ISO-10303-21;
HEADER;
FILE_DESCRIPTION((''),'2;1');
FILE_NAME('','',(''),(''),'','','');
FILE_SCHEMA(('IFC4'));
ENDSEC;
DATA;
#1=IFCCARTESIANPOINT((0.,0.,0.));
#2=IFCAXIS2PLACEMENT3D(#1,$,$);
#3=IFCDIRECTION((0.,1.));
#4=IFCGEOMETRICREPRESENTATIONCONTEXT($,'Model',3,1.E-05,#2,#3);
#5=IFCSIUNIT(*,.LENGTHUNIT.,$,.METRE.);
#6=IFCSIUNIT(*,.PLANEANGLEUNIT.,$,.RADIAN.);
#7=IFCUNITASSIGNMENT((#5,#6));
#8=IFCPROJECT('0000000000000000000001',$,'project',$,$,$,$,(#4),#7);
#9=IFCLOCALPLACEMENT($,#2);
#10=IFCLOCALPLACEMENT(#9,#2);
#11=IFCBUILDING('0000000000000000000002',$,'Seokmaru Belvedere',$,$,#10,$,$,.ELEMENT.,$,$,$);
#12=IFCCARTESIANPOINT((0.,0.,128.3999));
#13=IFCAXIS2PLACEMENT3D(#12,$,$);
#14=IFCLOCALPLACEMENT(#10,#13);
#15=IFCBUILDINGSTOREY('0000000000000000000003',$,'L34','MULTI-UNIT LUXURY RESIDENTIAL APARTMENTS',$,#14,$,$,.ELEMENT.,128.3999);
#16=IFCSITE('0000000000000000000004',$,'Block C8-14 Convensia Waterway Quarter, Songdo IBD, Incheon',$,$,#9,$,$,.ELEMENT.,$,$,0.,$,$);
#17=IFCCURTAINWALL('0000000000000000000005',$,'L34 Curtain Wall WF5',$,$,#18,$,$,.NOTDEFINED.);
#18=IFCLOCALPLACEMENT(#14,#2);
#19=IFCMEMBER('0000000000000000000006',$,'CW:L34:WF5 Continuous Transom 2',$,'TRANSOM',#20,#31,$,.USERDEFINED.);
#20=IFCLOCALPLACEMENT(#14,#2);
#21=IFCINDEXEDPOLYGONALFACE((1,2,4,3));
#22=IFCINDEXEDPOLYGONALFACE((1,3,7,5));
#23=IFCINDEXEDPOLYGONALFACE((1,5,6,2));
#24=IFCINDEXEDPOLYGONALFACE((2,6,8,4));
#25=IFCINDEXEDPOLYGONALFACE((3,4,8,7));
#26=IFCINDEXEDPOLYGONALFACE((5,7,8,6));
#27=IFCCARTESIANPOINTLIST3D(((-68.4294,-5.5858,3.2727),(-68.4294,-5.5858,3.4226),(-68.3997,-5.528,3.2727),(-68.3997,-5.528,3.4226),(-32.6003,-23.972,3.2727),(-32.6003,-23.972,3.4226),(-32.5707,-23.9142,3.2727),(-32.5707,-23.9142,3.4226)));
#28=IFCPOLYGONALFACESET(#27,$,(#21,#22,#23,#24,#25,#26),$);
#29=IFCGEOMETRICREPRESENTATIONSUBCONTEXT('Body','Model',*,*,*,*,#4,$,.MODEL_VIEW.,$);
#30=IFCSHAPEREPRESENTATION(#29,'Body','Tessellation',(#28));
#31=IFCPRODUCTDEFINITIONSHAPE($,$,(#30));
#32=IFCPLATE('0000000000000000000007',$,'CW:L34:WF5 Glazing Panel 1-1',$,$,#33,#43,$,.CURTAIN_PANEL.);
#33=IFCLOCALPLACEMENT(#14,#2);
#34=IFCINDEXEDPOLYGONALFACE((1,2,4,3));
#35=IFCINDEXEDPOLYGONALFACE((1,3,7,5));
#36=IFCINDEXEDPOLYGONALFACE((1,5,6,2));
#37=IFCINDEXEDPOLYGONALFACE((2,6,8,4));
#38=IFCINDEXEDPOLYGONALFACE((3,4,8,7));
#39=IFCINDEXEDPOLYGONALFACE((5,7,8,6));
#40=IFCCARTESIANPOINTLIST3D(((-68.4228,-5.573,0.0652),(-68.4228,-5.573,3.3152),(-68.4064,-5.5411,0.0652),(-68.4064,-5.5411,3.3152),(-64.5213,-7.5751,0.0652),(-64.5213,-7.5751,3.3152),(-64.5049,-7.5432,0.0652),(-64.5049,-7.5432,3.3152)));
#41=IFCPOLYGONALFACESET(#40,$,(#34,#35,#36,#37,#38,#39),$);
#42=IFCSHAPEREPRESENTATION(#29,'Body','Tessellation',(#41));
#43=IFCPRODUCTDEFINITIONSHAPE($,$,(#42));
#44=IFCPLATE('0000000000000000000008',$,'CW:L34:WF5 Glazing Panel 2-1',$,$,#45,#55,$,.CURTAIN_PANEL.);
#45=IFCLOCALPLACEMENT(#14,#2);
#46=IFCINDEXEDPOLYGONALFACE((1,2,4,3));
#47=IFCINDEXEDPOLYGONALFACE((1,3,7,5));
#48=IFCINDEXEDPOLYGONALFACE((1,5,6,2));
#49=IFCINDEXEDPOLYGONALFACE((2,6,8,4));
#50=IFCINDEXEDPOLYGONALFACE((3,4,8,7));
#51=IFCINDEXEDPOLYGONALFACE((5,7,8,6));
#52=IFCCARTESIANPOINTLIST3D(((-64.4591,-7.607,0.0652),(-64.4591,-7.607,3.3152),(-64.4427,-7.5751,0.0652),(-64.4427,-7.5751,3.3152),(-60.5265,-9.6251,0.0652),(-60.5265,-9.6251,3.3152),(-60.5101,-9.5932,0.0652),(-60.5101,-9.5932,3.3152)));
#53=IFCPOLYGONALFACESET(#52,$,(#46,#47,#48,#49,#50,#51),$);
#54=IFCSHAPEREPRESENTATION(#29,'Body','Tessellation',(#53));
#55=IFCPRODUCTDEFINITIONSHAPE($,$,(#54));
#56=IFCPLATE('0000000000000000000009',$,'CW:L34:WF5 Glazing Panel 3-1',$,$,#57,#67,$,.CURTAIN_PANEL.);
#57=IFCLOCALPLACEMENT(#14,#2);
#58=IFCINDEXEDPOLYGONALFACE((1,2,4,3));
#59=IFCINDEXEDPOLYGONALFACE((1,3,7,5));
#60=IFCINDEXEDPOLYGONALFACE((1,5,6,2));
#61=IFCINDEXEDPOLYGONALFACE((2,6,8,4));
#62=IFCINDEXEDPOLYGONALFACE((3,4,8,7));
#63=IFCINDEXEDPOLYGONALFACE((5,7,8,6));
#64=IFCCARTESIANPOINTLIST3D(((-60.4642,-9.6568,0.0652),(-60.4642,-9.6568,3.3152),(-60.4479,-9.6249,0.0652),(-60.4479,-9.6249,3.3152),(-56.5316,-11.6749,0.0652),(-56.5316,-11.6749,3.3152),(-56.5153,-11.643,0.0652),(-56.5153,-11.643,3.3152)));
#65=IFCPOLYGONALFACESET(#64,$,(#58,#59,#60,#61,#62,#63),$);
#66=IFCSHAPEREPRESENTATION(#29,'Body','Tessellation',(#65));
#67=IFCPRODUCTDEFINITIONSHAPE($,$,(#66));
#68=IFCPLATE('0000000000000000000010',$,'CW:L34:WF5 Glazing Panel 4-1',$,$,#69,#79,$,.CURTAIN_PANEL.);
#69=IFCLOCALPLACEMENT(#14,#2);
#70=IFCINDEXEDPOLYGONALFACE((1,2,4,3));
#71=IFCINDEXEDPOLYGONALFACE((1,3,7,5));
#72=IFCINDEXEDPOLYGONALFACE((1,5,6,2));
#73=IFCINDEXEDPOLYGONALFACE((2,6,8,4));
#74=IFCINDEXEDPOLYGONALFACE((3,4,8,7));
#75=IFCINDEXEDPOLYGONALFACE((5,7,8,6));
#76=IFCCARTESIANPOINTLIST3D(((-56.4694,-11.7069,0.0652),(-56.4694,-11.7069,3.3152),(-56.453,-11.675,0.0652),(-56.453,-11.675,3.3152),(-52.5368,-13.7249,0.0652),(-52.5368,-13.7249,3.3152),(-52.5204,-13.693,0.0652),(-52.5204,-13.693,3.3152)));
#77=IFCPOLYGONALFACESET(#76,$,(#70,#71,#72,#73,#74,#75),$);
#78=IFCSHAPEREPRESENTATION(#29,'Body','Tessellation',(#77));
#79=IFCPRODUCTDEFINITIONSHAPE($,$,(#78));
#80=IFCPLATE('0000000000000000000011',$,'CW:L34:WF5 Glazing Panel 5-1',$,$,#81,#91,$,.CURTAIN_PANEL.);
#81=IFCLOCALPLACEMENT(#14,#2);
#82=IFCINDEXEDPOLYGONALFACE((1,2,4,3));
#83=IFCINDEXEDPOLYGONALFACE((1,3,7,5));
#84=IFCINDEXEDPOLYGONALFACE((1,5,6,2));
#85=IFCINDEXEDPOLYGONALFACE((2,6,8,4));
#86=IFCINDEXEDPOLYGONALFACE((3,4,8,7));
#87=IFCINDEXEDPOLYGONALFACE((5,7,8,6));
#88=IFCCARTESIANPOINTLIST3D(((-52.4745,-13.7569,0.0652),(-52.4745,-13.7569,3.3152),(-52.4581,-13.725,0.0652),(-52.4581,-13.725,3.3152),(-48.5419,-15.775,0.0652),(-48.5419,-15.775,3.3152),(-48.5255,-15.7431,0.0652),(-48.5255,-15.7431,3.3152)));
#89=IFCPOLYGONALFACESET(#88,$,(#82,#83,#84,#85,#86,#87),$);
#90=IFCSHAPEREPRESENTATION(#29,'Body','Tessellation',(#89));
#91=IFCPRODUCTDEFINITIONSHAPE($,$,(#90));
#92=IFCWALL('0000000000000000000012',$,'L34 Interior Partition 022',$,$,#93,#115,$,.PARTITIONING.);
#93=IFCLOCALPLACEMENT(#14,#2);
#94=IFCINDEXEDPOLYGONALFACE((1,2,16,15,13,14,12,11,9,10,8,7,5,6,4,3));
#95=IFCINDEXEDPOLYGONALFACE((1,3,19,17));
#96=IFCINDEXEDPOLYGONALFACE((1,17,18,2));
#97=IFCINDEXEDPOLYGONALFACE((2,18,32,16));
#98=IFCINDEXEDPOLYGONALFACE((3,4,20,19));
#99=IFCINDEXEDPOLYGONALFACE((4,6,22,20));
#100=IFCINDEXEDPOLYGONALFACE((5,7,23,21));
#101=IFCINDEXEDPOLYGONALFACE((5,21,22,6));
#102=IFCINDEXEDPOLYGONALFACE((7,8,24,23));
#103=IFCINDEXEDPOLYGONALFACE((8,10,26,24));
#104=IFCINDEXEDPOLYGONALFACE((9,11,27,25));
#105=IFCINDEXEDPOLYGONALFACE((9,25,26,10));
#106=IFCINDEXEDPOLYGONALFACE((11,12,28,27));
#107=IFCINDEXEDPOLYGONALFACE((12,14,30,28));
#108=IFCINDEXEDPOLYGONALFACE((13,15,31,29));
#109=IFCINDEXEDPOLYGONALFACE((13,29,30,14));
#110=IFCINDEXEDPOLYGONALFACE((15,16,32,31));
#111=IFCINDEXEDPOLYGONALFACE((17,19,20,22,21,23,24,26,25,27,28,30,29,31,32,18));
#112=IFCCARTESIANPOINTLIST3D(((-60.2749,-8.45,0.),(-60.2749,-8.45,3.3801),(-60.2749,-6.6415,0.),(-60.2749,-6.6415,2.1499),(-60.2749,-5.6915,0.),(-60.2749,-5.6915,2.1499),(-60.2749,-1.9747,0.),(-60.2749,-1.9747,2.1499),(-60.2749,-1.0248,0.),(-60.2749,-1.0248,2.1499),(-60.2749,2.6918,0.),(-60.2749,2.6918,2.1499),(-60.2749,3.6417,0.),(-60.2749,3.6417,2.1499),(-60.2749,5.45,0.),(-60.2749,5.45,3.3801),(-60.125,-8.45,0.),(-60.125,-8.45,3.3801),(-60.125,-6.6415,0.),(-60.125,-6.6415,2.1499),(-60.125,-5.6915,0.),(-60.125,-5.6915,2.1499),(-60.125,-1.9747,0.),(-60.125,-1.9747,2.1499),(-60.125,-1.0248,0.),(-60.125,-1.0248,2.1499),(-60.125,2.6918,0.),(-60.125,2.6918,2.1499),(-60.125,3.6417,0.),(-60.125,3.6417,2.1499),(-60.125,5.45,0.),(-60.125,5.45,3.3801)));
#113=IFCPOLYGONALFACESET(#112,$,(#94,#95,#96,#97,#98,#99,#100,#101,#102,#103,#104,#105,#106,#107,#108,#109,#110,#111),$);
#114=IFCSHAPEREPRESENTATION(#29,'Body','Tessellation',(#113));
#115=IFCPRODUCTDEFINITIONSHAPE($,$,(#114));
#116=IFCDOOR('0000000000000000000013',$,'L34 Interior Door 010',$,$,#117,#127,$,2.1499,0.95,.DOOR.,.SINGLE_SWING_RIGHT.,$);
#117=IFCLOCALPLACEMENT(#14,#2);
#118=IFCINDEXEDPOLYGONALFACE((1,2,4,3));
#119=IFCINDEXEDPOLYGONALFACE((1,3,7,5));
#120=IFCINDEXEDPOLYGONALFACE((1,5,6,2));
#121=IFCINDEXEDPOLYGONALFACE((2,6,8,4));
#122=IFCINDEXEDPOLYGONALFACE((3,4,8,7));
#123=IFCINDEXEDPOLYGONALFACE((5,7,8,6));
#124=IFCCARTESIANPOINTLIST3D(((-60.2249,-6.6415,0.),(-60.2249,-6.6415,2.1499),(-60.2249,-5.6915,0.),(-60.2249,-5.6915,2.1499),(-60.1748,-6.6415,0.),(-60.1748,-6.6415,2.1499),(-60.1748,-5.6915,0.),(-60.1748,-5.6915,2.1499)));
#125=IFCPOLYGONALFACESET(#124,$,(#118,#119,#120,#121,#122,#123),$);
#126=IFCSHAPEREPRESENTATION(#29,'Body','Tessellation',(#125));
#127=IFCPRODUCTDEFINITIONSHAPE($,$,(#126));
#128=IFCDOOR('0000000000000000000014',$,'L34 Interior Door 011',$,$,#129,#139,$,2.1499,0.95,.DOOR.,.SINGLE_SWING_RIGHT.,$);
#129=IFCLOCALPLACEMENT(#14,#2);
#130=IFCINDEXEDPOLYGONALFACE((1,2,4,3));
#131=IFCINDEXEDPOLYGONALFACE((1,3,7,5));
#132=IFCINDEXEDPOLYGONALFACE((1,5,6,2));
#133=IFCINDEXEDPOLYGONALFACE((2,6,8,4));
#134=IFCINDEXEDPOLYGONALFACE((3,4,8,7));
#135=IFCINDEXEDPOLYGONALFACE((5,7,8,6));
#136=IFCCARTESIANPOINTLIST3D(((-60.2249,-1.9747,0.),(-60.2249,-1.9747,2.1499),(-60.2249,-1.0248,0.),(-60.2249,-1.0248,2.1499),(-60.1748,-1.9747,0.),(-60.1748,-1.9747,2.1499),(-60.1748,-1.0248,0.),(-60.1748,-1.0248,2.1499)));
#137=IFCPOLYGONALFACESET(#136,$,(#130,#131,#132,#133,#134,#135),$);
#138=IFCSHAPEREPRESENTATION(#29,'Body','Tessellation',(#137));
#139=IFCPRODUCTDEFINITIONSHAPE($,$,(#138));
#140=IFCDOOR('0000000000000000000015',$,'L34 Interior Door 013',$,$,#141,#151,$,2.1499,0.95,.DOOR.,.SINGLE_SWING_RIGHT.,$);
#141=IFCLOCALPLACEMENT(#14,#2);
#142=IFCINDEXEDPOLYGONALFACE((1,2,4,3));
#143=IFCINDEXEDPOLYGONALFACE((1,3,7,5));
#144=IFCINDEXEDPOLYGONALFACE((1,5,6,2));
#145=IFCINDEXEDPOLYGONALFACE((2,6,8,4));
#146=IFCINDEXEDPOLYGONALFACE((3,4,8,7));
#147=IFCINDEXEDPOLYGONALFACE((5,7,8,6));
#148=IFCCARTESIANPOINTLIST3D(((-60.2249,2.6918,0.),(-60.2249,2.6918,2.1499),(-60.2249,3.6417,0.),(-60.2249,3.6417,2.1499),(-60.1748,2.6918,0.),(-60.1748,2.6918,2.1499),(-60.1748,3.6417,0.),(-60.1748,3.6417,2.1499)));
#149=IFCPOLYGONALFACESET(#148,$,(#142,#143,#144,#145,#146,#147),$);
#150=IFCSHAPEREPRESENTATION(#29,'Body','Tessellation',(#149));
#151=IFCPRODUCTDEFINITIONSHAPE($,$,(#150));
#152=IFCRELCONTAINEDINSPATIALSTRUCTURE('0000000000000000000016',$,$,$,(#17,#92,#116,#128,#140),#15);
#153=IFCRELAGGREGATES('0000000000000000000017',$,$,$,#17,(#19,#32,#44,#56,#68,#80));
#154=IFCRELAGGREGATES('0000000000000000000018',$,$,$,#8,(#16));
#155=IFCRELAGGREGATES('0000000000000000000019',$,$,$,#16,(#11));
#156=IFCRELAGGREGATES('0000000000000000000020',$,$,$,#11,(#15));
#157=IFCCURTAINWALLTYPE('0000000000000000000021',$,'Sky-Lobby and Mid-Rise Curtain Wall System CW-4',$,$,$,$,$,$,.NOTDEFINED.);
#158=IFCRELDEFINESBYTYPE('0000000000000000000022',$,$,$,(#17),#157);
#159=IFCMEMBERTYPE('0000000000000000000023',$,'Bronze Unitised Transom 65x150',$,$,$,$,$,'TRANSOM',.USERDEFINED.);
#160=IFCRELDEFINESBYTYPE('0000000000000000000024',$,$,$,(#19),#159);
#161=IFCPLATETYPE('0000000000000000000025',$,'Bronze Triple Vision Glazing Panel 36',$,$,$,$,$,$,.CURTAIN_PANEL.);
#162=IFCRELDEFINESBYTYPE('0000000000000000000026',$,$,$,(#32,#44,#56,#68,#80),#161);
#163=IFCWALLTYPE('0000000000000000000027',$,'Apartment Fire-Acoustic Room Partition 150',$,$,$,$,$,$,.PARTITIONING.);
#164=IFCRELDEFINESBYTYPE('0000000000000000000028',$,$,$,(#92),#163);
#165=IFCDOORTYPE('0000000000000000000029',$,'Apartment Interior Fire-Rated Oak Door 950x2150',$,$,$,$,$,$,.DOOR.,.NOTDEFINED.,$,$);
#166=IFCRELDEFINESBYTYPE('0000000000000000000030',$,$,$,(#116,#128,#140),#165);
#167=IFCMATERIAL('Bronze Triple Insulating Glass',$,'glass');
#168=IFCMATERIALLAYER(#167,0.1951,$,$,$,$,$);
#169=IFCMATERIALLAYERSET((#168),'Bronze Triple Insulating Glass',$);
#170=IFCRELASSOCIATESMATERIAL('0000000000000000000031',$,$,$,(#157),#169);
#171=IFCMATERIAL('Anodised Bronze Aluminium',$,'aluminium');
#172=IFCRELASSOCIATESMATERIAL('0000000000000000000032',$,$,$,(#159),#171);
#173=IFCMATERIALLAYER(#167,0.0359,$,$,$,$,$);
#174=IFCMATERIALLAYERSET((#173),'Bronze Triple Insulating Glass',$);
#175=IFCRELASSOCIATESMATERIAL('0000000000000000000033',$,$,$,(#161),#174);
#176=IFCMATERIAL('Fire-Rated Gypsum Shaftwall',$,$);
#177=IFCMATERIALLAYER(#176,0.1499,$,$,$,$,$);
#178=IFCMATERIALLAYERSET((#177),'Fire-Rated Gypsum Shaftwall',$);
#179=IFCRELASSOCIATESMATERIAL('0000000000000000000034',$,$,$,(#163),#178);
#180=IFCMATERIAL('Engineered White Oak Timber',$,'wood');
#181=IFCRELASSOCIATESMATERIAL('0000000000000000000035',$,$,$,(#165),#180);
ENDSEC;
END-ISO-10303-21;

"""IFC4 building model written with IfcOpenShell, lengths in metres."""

from ifc_helpers import new_model, si_unit, direction, frame, frame_2d, origin, origin_2d, place, context, subcontext, project, spatial, rectangle, extrude, source, transform, mapped, material, layer, layer_set, material_profile, profile_set, type_object, type_shapes, element, fill, aggregate, save


model = new_model("IFC4")

# Units and contexts
model_context = context("Model", 3, precision=1e-05, world=origin(), true_north=direction((0.0, 1.0)))
body_context = subcontext(model_context, "Body", "Model", "MODEL_VIEW")
ifc_project = project(units=[si_unit("LENGTHUNIT", "METRE"), si_unit("PLANEANGLEUNIT", "RADIAN")], contexts=[model_context])

# Site, building, storey
site_placement = place(None, origin())
site = spatial("IfcSite", under=ifc_project, at=site_placement, Name="Block C8-14 Convensia Waterway Quarter, Songdo IBD, Incheon", CompositionType="ELEMENT", RefElevation=0.0)
building_placement = place(site_placement, origin())
building = spatial("IfcBuilding", under=site, at=building_placement, Name="Seokmaru Belvedere", CompositionType="ELEMENT")
storey_placement = place(building_placement, frame((0.0, 0.0, 128.3999)))
storey = spatial("IfcBuildingStorey", under=building, at=storey_placement, Name="L34", Description="MULTI-UNIT LUXURY RESIDENTIAL APARTMENTS", CompositionType="ELEMENT", Elevation=128.3999)

# Curtain wall, member, plates
ifc_material_1 = material(Name="Bronze Triple Insulating Glass", Category="glass")
ifc_layer_1 = layer(ifc_material_1, 0.1951)
ifc_layer_set_1 = layer_set([ifc_layer_1], Name="Bronze Triple Insulating Glass")
curtain_wall_type = type_object("IfcCurtainWallType", Name="Sky-Lobby and Mid-Rise Curtain Wall System CW-4", PredefinedType="NOTDEFINED", material=ifc_layer_set_1)
curtain_wall_placement = place(storey_placement, origin())
curtain_wall = element("IfcCurtainWall", 1, at=curtain_wall_placement, inside=storey, type_object=curtain_wall_type, Name="L34 Curtain Wall WF5", PredefinedType="NOTDEFINED")
ifc_material_2 = material(Name="Anodised Bronze Aluminium", Category="aluminium")
ifc_material_profile_1 = material_profile(ifc_material_2, rectangle(XDim=0.0649, YDim=0.1499, at=origin_2d()), Name="CW-T-65x150")
ifc_profile_set_1 = profile_set([ifc_material_profile_1], Name="Anodised Bronze Aluminium")
member_type_1 = type_object("IfcMemberType", Name="Bronze Unitised Transom 65x150", ElementType="TRANSOM", PredefinedType="USERDEFINED", material=ifc_profile_set_1)
shared_shape_1 = source(origin(), body_context, "Body", "SweptSolid", [
    extrude(rectangle(XDim=0.0649, YDim=0.1499, at=origin_2d()), origin(), (0.0, 0.0, 1.0), 40.2712),
])
type_shapes(member_type_1, [shared_shape_1])
member_1_placement = place(storey_placement, frame((-68.4146, -5.5569, 3.3477), z_axis=(0.889693, -0.456559, 0.0), x_axis=(0.456559, 0.889693, 0.0)))
member_1 = element("IfcMember", 2, at=member_1_placement, type_object=member_type_1, Name="CW:L34:WF5 Continuous Transom 2", ObjectType="TRANSOM", PredefinedType="USERDEFINED", context=body_context, shape_type="MappedRepresentation", body=[
    mapped(shared_shape_1, transform((0.0, 0.0, 0.0), scale=1.0)),
])
ifc_layer_2 = layer(ifc_material_1, 0.0359)
ifc_layer_set_2 = layer_set([ifc_layer_2], Name="Bronze Triple Insulating Glass")
plate_type = type_object("IfcPlateType", Name="Bronze Triple Vision Glazing Panel 36", PredefinedType="CURTAIN_PANEL", material=ifc_layer_set_2)
shared_shape_2 = source(origin(), body_context, "Body", "SweptSolid", [
    extrude(rectangle(XDim=4.3853, YDim=0.0359, at=origin_2d()), origin(), (0.0, 0.0, 1.0), 3.25),
])
plate_1_placement = place(storey_placement, frame((-66.4639, -6.5581, 0.0652), z_axis=(0.0, 0.0, 1.0), x_axis=(0.889695, -0.456555, 0.0)))
plate_1 = element("IfcPlate", 3, at=plate_1_placement, type_object=plate_type, Name="CW:L34:WF5 Glazing Panel 1-1", PredefinedType="CURTAIN_PANEL", context=body_context, shape_type="MappedRepresentation", body=[
    mapped(shared_shape_2, transform((0.0, 0.0, 0.0), scale=1.0)),
])
shared_shape_3 = source(origin(), body_context, "Body", "SweptSolid", [
    extrude(rectangle(XDim=4.4202, YDim=0.0359, at=origin_2d()), origin(), (0.0, 0.0, 1.0), 3.25),
])
type_shapes(plate_type, [shared_shape_2, shared_shape_3])
plate_2_placement = place(storey_placement, frame((-62.4846, -8.6001, 0.0652), z_axis=(0.0, 0.0, 1.0), x_axis=(0.889695, -0.456555, 0.0)))
plate_2 = element("IfcPlate", 4, at=plate_2_placement, type_object=plate_type, Name="CW:L34:WF5 Glazing Panel 2-1", PredefinedType="CURTAIN_PANEL", context=body_context, shape_type="MappedRepresentation", body=[
    mapped(shared_shape_3, transform((0.0, 0.0, 0.0), scale=1.0)),
])
plate_3_placement = place(storey_placement, frame((-58.4897, -10.6499, 0.0652), z_axis=(0.0, 0.0, 1.0), x_axis=(0.889695, -0.456555, 0.0)))
plate_3 = element("IfcPlate", 5, at=plate_3_placement, type_object=plate_type, Name="CW:L34:WF5 Glazing Panel 3-1", PredefinedType="CURTAIN_PANEL", context=body_context, shape_type="MappedRepresentation", body=[
    mapped(shared_shape_3, transform((0.0, 0.0, 0.0), scale=1.0)),
])
plate_4_placement = place(storey_placement, frame((-54.4949, -12.7, 0.0652), z_axis=(0.0, 0.0, 1.0), x_axis=(0.889695, -0.456555, 0.0)))
plate_4 = element("IfcPlate", 6, at=plate_4_placement, type_object=plate_type, Name="CW:L34:WF5 Glazing Panel 4-1", PredefinedType="CURTAIN_PANEL", context=body_context, shape_type="MappedRepresentation", body=[
    mapped(shared_shape_3, transform((0.0, 0.0, 0.0), scale=1.0)),
])
plate_5_placement = place(storey_placement, frame((-50.5, -14.75, 0.0652), z_axis=(0.0, 0.0, 1.0), x_axis=(0.889695, -0.456555, 0.0)))
plate_5 = element("IfcPlate", 7, at=plate_5_placement, type_object=plate_type, Name="CW:L34:WF5 Glazing Panel 5-1", PredefinedType="CURTAIN_PANEL", context=body_context, shape_type="MappedRepresentation", body=[
    mapped(shared_shape_3, transform((0.0, 0.0, 0.0), scale=1.0)),
])
aggregate(curtain_wall, [member_1, plate_1, plate_2, plate_3, plate_4, plate_5])

# Wall, openings, doors
ifc_material_3 = material(Name="Fire-Rated Gypsum Shaftwall")
ifc_layer_3 = layer(ifc_material_3, 0.1499)
ifc_layer_set_3 = layer_set([ifc_layer_3], Name="Fire-Rated Gypsum Shaftwall")
wall_type_1 = type_object("IfcWallType", Name="Apartment Fire-Acoustic Room Partition 150", PredefinedType="PARTITIONING", material=ifc_layer_set_3)
wall_1_placement = place(storey_placement, frame((-60.2, -8.45, 0.0), z_axis=(0.0, 0.0, 1.0), x_axis=(0.0, 1.0, 0.0)))
wall_1 = element("IfcWall", 8, at=wall_1_placement, inside=storey, type_object=wall_type_1, Name="L34 Interior Partition 022", PredefinedType="PARTITIONING", context=body_context, shape_type="SweptSolid", body=[
    extrude(rectangle(XDim=13.8999, YDim=0.1499, at=frame_2d((6.95, 0.0))), origin(), (0.0, 0.0, 1.0), 3.3801),
])
opening_1_placement = place(wall_1_placement, frame((1.8083, 0.0, 0.0)))
opening_1 = element("IfcOpeningElement", 9, at=opening_1_placement, cuts=wall_1, PredefinedType="OPENING", context=body_context, shape_type="SweptSolid", body=[
    extrude(rectangle(XDim=0.95, YDim=2.1499, at=frame_2d((0.4751, 1.075))), frame((0.0, 0.085, 0.0), z_axis=(0.0, -1.0, 0.0), x_axis=(1.0, 0.0, 0.0)), (0.0, 0.0, 1.0), 0.1699),
])
opening_2_placement = place(wall_1_placement, frame((6.4751, 0.0, 0.0)))
opening_2 = element("IfcOpeningElement", 10, at=opening_2_placement, cuts=wall_1, PredefinedType="OPENING", context=body_context, shape_type="SweptSolid", body=[
    extrude(rectangle(XDim=0.95, YDim=2.1499, at=frame_2d((0.4751, 1.075))), frame((0.0, 0.085, 0.0), z_axis=(0.0, -1.0, 0.0), x_axis=(1.0, 0.0, 0.0)), (0.0, 0.0, 1.0), 0.1699),
])
opening_3_placement = place(wall_1_placement, frame((11.1416, 0.0, 0.0)))
opening_3 = element("IfcOpeningElement", 11, at=opening_3_placement, cuts=wall_1, PredefinedType="OPENING", context=body_context, shape_type="SweptSolid", body=[
    extrude(rectangle(XDim=0.95, YDim=2.1499, at=frame_2d((0.4751, 1.075))), frame((0.0, 0.085, 0.0), z_axis=(0.0, -1.0, 0.0), x_axis=(1.0, 0.0, 0.0)), (0.0, 0.0, 1.0), 0.1699),
])
ifc_material_4 = material(Name="Engineered White Oak Timber", Category="wood")
door_type = type_object("IfcDoorType", Name="Apartment Interior Fire-Rated Oak Door 950x2150", OperationType="NOTDEFINED", PredefinedType="DOOR", material=ifc_material_4)
shared_shape_4 = source(origin(), body_context, "Body", "SweptSolid", [
    extrude(rectangle(XDim=0.95, YDim=2.1499, at=frame_2d((0.4751, 1.075))), frame((0.0, 0.0249, 0.0), z_axis=(0.0, -1.0, 0.0), x_axis=(1.0, 0.0, 0.0)), (0.0, 0.0, 1.0), 0.05),
])
type_shapes(door_type, [shared_shape_4])
door_1_placement = place(opening_1_placement, origin())
door_1 = element("IfcDoor", 12, at=door_1_placement, inside=storey, type_object=door_type, Name="L34 Interior Door 010", OperationType="SINGLE_SWING_RIGHT", OverallHeight=2.1499, OverallWidth=0.95, PredefinedType="DOOR", context=body_context, shape_type="MappedRepresentation", body=[
    mapped(shared_shape_4, transform((0.0, 0.0, 0.0), scale=1.0)),
])
fill(opening_1, door_1)
door_2_placement = place(opening_2_placement, origin())
door_2 = element("IfcDoor", 13, at=door_2_placement, inside=storey, type_object=door_type, Name="L34 Interior Door 011", OperationType="SINGLE_SWING_RIGHT", OverallHeight=2.1499, OverallWidth=0.95, PredefinedType="DOOR", context=body_context, shape_type="MappedRepresentation", body=[
    mapped(shared_shape_4, transform((0.0, 0.0, 0.0), scale=1.0)),
])
fill(opening_2, door_2)
door_3_placement = place(opening_3_placement, origin())
door_3 = element("IfcDoor", 14, at=door_3_placement, inside=storey, type_object=door_type, Name="L34 Interior Door 013", OperationType="SINGLE_SWING_RIGHT", OverallHeight=2.1499, OverallWidth=0.95, PredefinedType="DOOR", context=body_context, shape_type="MappedRepresentation", body=[
    mapped(shared_shape_4, transform((0.0, 0.0, 0.0), scale=1.0)),
])
fill(opening_3, door_3)

save(model, "model.ifc")
